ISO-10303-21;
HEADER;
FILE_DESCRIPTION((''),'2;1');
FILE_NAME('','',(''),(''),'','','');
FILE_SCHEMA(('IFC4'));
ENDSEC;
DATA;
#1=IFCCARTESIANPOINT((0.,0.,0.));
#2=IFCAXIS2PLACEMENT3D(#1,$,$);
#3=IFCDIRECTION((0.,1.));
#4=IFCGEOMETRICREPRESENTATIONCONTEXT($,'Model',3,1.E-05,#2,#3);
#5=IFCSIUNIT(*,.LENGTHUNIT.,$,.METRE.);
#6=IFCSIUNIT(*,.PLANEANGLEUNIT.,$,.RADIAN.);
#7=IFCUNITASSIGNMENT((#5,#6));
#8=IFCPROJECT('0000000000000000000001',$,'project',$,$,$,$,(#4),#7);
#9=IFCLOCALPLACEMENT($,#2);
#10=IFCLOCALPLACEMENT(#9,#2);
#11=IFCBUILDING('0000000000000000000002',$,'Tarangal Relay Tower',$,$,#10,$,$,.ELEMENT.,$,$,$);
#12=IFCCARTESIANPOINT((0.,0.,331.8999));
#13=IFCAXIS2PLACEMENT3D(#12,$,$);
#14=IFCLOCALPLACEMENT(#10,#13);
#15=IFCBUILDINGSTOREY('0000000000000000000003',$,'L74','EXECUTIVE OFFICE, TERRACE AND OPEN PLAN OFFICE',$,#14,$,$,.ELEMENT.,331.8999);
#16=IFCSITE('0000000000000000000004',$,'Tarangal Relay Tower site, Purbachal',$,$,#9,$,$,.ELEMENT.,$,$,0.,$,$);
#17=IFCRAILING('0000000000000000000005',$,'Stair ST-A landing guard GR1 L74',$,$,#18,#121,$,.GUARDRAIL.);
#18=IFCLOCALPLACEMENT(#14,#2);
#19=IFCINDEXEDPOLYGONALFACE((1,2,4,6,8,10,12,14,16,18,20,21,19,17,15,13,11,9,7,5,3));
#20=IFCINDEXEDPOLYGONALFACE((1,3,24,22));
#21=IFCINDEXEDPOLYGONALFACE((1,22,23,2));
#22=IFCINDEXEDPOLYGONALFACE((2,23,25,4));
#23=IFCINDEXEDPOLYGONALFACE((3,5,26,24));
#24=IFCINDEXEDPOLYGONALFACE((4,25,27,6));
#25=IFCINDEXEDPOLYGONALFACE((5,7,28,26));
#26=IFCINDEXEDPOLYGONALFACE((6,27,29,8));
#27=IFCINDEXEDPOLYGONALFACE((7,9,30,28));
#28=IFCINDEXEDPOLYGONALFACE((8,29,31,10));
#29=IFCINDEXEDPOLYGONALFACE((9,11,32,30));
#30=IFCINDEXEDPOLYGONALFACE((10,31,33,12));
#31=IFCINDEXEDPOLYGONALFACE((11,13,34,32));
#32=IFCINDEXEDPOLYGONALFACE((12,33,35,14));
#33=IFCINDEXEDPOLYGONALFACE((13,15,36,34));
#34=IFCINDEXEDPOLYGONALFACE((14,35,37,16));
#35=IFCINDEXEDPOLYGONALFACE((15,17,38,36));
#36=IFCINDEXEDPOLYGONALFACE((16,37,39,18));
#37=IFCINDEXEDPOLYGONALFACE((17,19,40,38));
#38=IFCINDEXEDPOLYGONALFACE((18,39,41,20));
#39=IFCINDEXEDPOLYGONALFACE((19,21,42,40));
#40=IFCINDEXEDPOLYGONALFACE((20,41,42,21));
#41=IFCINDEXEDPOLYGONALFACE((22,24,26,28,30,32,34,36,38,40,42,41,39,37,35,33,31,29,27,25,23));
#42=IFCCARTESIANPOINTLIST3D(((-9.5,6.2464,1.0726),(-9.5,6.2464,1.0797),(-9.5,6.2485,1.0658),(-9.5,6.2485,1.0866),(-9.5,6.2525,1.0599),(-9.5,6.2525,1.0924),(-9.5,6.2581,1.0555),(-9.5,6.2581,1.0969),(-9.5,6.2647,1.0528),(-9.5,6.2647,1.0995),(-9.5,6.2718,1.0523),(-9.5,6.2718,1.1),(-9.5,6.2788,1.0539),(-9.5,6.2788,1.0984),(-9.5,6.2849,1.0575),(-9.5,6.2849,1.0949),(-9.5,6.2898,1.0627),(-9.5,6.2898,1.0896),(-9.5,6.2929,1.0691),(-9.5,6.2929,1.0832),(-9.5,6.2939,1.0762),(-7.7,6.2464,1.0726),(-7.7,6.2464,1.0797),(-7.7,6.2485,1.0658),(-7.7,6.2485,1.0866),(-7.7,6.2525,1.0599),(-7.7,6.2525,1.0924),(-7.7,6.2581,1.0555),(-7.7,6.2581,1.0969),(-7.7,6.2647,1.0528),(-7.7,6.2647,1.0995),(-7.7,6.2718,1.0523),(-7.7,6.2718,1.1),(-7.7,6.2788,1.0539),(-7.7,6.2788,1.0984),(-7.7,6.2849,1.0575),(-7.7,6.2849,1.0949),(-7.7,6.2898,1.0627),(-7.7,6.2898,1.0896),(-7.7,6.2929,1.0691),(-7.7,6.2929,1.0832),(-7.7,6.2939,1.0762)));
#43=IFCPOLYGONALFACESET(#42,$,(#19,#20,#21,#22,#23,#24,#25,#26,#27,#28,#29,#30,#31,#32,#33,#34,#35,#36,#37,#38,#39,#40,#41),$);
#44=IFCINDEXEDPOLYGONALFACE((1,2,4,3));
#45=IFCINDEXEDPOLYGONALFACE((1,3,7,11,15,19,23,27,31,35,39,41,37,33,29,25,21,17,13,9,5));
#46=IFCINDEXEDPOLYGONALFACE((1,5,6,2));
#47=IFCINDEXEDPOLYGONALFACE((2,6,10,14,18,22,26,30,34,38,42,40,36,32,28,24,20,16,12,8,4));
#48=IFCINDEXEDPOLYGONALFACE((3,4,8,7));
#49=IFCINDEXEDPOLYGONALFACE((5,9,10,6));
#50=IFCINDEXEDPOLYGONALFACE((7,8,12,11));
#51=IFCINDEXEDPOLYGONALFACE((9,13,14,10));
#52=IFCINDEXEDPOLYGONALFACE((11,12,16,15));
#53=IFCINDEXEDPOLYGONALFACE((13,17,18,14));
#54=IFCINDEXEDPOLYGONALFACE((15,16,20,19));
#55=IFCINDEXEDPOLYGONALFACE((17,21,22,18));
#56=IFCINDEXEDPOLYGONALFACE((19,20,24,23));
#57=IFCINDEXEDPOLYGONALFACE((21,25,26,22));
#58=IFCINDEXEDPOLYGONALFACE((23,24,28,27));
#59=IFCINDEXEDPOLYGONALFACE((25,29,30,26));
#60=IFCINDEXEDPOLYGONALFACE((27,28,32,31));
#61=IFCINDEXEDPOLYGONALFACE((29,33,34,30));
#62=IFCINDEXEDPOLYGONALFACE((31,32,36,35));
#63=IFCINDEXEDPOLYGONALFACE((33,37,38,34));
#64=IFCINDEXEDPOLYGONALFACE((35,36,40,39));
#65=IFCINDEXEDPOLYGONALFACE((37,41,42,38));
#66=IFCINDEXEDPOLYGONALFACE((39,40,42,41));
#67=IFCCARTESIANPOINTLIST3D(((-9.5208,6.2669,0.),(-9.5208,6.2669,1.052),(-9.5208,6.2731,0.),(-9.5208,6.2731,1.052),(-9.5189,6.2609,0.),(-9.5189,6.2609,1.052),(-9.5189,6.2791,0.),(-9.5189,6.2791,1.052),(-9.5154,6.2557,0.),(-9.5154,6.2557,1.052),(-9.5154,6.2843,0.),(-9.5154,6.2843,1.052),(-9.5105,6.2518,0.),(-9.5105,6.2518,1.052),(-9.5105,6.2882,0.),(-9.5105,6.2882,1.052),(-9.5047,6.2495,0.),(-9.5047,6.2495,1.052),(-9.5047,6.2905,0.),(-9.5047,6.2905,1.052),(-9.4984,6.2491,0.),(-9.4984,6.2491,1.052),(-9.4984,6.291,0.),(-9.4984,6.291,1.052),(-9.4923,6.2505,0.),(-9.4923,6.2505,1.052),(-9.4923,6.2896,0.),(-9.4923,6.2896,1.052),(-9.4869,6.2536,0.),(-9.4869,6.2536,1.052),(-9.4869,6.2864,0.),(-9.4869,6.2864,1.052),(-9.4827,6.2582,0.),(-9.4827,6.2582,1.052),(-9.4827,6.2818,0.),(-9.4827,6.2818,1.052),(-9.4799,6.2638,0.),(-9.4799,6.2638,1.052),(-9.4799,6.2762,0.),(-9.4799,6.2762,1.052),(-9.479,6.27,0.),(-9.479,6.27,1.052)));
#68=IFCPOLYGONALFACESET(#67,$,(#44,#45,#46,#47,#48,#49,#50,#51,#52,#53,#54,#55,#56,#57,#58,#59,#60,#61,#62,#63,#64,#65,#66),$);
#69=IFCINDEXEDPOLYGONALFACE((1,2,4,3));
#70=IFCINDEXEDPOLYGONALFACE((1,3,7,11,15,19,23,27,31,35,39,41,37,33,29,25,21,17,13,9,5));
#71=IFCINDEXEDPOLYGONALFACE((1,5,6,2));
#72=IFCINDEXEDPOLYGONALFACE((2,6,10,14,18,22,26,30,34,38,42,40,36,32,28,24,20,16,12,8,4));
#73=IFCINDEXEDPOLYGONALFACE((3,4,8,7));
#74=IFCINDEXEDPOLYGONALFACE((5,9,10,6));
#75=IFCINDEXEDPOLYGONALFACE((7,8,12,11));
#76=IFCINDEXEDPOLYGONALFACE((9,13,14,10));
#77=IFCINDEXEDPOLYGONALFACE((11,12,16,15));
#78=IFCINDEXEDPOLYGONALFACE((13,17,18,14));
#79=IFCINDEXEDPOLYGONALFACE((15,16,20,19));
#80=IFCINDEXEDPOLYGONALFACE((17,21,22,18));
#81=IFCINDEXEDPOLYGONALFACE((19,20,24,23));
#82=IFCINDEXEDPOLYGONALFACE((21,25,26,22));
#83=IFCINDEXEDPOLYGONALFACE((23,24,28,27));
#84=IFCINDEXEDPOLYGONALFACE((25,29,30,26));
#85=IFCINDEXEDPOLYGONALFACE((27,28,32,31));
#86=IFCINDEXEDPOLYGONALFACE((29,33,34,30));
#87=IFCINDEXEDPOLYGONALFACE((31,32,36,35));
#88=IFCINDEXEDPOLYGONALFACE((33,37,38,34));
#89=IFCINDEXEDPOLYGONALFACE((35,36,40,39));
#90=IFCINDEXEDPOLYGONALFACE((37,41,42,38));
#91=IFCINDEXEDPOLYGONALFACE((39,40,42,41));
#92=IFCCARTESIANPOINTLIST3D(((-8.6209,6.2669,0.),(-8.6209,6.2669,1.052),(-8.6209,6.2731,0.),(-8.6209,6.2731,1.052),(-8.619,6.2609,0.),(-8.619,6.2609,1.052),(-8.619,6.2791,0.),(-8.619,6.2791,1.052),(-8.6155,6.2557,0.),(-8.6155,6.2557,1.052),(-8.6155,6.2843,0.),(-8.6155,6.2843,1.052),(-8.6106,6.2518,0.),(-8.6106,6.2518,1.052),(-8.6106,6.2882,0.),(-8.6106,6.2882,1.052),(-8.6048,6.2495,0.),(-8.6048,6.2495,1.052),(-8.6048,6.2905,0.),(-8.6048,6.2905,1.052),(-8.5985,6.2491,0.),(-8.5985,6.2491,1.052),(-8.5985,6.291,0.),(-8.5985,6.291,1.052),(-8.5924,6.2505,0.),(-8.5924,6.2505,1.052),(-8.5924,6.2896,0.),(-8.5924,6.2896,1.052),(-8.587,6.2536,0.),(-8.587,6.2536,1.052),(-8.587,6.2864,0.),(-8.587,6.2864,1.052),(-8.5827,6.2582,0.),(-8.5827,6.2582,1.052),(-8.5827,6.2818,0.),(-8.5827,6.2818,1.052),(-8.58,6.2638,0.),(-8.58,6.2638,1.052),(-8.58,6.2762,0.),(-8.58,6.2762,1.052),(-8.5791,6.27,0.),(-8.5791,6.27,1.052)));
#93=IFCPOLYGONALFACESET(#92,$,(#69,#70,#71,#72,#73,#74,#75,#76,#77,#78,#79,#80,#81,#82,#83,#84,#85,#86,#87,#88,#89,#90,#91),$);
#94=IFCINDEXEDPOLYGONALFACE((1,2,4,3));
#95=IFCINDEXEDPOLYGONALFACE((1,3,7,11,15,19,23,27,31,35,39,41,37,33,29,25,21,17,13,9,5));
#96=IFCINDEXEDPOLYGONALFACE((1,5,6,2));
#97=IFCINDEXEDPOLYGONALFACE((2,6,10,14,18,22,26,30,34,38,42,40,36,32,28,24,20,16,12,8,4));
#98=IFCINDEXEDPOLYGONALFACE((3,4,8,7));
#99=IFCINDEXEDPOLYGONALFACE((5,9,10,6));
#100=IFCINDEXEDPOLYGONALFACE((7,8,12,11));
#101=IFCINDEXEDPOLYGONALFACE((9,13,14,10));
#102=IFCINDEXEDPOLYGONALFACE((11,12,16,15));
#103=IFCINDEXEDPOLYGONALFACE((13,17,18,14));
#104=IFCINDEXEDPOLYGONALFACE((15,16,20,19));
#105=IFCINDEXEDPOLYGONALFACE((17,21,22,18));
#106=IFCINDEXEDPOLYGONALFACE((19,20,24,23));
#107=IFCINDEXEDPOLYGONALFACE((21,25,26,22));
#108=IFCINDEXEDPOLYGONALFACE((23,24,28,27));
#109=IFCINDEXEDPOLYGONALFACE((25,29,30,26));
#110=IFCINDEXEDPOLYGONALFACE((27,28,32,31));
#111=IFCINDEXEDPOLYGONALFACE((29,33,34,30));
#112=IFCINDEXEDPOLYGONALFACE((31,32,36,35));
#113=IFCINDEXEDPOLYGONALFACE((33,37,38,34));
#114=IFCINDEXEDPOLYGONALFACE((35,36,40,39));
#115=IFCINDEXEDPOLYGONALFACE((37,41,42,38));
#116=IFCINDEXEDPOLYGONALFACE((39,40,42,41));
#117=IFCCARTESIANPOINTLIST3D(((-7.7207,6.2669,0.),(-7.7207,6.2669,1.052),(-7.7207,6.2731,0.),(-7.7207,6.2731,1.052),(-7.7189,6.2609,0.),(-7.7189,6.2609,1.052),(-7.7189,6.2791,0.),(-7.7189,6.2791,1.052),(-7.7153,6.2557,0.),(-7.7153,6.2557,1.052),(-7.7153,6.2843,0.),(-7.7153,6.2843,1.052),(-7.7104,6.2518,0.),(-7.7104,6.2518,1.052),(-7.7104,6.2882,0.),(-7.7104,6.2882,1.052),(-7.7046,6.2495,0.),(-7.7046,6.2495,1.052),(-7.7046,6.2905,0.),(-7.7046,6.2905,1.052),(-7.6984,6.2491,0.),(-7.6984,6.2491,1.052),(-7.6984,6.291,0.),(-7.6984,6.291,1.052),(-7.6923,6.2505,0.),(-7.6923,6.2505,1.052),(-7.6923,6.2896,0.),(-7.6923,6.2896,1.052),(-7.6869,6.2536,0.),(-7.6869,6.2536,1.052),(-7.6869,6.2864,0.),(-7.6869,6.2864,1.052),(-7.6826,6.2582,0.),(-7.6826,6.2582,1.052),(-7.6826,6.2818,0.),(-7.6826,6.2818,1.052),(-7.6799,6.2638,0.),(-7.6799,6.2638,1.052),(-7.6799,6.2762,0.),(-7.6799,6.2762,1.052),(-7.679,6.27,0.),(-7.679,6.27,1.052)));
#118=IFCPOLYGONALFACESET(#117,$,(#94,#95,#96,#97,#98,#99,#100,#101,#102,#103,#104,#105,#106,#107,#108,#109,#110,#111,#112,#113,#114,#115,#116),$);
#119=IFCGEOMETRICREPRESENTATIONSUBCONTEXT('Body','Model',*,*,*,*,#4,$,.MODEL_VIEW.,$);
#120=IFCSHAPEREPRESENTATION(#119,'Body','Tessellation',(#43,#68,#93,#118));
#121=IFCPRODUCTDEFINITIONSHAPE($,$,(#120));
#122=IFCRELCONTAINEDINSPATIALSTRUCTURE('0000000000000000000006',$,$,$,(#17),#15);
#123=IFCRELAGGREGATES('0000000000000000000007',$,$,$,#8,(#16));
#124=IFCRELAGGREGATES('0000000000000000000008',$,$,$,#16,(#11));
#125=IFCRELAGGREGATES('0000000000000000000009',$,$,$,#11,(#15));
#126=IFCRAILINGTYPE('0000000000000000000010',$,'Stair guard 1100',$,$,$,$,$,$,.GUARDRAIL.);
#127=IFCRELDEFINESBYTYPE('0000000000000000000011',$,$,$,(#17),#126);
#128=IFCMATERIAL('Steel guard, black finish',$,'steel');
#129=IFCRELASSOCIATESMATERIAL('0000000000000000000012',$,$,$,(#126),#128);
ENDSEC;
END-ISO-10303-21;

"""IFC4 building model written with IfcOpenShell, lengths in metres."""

from ifc_helpers import new_model, si_unit, direction, frame, origin, origin_2d, place, context, subcontext, project, spatial, circle, extrude, material, type_object, element, save


model = new_model("IFC4")

# Units and contexts
model_context = context("Model", 3, precision=1e-05, world=origin(), true_north=direction((0.0, 1.0)))
body_context = subcontext(model_context, "Body", "Model", "MODEL_VIEW")
ifc_project = project(units=[si_unit("LENGTHUNIT", "METRE"), si_unit("PLANEANGLEUNIT", "RADIAN")], contexts=[model_context])

# Site, building, storey
site_placement = place(None, origin())
site = spatial("IfcSite", under=ifc_project, at=site_placement, Name="Tarangal Relay Tower site, Purbachal", CompositionType="ELEMENT", RefElevation=0.0)
building_placement = place(site_placement, origin())
building = spatial("IfcBuilding", under=site, at=building_placement, Name="Tarangal Relay Tower", CompositionType="ELEMENT")
storey_placement = place(building_placement, frame((0.0, 0.0, 331.8999)))
storey = spatial("IfcBuildingStorey", under=building, at=storey_placement, Name="L74", Description="EXECUTIVE OFFICE, TERRACE AND OPEN PLAN OFFICE", CompositionType="ELEMENT", Elevation=331.8999)

# Railing
ifc_material_1 = material(Name="Steel guard, black finish", Category="steel")
railing_type_1 = type_object("IfcRailingType", Name="Stair guard 1100", PredefinedType="GUARDRAIL", material=ifc_material_1)
railing_1_placement = place(storey_placement, frame((-9.5, 6.27, 0.0)))
element("IfcRailing", 1, at=railing_1_placement, inside=storey, type_object=railing_type_1, Name="Stair ST-A landing guard GR1 L74", PredefinedType="GUARDRAIL", context=body_context, shape_type="SweptSolid", body=[
    extrude(circle(Radius=0.0239, at=origin_2d()), frame((0.0, 0.0, 1.0762), z_axis=(1.0, 0.0, 0.0), x_axis=(0.0, 1.0, 0.0)), (0.0, 0.0, 1.0), 1.8),
    extrude(circle(Radius=0.021, at=origin_2d()), origin(), (0.0, 0.0, 1.0), 1.052),
    extrude(circle(Radius=0.021, at=origin_2d()), frame((0.8999, 0.0, 0.0)), (0.0, 0.0, 1.0), 1.052),
    extrude(circle(Radius=0.021, at=origin_2d()), frame((1.8, 0.0, 0.0)), (0.0, 0.0, 1.0), 1.052),
])

save(model, "model.ifc")
